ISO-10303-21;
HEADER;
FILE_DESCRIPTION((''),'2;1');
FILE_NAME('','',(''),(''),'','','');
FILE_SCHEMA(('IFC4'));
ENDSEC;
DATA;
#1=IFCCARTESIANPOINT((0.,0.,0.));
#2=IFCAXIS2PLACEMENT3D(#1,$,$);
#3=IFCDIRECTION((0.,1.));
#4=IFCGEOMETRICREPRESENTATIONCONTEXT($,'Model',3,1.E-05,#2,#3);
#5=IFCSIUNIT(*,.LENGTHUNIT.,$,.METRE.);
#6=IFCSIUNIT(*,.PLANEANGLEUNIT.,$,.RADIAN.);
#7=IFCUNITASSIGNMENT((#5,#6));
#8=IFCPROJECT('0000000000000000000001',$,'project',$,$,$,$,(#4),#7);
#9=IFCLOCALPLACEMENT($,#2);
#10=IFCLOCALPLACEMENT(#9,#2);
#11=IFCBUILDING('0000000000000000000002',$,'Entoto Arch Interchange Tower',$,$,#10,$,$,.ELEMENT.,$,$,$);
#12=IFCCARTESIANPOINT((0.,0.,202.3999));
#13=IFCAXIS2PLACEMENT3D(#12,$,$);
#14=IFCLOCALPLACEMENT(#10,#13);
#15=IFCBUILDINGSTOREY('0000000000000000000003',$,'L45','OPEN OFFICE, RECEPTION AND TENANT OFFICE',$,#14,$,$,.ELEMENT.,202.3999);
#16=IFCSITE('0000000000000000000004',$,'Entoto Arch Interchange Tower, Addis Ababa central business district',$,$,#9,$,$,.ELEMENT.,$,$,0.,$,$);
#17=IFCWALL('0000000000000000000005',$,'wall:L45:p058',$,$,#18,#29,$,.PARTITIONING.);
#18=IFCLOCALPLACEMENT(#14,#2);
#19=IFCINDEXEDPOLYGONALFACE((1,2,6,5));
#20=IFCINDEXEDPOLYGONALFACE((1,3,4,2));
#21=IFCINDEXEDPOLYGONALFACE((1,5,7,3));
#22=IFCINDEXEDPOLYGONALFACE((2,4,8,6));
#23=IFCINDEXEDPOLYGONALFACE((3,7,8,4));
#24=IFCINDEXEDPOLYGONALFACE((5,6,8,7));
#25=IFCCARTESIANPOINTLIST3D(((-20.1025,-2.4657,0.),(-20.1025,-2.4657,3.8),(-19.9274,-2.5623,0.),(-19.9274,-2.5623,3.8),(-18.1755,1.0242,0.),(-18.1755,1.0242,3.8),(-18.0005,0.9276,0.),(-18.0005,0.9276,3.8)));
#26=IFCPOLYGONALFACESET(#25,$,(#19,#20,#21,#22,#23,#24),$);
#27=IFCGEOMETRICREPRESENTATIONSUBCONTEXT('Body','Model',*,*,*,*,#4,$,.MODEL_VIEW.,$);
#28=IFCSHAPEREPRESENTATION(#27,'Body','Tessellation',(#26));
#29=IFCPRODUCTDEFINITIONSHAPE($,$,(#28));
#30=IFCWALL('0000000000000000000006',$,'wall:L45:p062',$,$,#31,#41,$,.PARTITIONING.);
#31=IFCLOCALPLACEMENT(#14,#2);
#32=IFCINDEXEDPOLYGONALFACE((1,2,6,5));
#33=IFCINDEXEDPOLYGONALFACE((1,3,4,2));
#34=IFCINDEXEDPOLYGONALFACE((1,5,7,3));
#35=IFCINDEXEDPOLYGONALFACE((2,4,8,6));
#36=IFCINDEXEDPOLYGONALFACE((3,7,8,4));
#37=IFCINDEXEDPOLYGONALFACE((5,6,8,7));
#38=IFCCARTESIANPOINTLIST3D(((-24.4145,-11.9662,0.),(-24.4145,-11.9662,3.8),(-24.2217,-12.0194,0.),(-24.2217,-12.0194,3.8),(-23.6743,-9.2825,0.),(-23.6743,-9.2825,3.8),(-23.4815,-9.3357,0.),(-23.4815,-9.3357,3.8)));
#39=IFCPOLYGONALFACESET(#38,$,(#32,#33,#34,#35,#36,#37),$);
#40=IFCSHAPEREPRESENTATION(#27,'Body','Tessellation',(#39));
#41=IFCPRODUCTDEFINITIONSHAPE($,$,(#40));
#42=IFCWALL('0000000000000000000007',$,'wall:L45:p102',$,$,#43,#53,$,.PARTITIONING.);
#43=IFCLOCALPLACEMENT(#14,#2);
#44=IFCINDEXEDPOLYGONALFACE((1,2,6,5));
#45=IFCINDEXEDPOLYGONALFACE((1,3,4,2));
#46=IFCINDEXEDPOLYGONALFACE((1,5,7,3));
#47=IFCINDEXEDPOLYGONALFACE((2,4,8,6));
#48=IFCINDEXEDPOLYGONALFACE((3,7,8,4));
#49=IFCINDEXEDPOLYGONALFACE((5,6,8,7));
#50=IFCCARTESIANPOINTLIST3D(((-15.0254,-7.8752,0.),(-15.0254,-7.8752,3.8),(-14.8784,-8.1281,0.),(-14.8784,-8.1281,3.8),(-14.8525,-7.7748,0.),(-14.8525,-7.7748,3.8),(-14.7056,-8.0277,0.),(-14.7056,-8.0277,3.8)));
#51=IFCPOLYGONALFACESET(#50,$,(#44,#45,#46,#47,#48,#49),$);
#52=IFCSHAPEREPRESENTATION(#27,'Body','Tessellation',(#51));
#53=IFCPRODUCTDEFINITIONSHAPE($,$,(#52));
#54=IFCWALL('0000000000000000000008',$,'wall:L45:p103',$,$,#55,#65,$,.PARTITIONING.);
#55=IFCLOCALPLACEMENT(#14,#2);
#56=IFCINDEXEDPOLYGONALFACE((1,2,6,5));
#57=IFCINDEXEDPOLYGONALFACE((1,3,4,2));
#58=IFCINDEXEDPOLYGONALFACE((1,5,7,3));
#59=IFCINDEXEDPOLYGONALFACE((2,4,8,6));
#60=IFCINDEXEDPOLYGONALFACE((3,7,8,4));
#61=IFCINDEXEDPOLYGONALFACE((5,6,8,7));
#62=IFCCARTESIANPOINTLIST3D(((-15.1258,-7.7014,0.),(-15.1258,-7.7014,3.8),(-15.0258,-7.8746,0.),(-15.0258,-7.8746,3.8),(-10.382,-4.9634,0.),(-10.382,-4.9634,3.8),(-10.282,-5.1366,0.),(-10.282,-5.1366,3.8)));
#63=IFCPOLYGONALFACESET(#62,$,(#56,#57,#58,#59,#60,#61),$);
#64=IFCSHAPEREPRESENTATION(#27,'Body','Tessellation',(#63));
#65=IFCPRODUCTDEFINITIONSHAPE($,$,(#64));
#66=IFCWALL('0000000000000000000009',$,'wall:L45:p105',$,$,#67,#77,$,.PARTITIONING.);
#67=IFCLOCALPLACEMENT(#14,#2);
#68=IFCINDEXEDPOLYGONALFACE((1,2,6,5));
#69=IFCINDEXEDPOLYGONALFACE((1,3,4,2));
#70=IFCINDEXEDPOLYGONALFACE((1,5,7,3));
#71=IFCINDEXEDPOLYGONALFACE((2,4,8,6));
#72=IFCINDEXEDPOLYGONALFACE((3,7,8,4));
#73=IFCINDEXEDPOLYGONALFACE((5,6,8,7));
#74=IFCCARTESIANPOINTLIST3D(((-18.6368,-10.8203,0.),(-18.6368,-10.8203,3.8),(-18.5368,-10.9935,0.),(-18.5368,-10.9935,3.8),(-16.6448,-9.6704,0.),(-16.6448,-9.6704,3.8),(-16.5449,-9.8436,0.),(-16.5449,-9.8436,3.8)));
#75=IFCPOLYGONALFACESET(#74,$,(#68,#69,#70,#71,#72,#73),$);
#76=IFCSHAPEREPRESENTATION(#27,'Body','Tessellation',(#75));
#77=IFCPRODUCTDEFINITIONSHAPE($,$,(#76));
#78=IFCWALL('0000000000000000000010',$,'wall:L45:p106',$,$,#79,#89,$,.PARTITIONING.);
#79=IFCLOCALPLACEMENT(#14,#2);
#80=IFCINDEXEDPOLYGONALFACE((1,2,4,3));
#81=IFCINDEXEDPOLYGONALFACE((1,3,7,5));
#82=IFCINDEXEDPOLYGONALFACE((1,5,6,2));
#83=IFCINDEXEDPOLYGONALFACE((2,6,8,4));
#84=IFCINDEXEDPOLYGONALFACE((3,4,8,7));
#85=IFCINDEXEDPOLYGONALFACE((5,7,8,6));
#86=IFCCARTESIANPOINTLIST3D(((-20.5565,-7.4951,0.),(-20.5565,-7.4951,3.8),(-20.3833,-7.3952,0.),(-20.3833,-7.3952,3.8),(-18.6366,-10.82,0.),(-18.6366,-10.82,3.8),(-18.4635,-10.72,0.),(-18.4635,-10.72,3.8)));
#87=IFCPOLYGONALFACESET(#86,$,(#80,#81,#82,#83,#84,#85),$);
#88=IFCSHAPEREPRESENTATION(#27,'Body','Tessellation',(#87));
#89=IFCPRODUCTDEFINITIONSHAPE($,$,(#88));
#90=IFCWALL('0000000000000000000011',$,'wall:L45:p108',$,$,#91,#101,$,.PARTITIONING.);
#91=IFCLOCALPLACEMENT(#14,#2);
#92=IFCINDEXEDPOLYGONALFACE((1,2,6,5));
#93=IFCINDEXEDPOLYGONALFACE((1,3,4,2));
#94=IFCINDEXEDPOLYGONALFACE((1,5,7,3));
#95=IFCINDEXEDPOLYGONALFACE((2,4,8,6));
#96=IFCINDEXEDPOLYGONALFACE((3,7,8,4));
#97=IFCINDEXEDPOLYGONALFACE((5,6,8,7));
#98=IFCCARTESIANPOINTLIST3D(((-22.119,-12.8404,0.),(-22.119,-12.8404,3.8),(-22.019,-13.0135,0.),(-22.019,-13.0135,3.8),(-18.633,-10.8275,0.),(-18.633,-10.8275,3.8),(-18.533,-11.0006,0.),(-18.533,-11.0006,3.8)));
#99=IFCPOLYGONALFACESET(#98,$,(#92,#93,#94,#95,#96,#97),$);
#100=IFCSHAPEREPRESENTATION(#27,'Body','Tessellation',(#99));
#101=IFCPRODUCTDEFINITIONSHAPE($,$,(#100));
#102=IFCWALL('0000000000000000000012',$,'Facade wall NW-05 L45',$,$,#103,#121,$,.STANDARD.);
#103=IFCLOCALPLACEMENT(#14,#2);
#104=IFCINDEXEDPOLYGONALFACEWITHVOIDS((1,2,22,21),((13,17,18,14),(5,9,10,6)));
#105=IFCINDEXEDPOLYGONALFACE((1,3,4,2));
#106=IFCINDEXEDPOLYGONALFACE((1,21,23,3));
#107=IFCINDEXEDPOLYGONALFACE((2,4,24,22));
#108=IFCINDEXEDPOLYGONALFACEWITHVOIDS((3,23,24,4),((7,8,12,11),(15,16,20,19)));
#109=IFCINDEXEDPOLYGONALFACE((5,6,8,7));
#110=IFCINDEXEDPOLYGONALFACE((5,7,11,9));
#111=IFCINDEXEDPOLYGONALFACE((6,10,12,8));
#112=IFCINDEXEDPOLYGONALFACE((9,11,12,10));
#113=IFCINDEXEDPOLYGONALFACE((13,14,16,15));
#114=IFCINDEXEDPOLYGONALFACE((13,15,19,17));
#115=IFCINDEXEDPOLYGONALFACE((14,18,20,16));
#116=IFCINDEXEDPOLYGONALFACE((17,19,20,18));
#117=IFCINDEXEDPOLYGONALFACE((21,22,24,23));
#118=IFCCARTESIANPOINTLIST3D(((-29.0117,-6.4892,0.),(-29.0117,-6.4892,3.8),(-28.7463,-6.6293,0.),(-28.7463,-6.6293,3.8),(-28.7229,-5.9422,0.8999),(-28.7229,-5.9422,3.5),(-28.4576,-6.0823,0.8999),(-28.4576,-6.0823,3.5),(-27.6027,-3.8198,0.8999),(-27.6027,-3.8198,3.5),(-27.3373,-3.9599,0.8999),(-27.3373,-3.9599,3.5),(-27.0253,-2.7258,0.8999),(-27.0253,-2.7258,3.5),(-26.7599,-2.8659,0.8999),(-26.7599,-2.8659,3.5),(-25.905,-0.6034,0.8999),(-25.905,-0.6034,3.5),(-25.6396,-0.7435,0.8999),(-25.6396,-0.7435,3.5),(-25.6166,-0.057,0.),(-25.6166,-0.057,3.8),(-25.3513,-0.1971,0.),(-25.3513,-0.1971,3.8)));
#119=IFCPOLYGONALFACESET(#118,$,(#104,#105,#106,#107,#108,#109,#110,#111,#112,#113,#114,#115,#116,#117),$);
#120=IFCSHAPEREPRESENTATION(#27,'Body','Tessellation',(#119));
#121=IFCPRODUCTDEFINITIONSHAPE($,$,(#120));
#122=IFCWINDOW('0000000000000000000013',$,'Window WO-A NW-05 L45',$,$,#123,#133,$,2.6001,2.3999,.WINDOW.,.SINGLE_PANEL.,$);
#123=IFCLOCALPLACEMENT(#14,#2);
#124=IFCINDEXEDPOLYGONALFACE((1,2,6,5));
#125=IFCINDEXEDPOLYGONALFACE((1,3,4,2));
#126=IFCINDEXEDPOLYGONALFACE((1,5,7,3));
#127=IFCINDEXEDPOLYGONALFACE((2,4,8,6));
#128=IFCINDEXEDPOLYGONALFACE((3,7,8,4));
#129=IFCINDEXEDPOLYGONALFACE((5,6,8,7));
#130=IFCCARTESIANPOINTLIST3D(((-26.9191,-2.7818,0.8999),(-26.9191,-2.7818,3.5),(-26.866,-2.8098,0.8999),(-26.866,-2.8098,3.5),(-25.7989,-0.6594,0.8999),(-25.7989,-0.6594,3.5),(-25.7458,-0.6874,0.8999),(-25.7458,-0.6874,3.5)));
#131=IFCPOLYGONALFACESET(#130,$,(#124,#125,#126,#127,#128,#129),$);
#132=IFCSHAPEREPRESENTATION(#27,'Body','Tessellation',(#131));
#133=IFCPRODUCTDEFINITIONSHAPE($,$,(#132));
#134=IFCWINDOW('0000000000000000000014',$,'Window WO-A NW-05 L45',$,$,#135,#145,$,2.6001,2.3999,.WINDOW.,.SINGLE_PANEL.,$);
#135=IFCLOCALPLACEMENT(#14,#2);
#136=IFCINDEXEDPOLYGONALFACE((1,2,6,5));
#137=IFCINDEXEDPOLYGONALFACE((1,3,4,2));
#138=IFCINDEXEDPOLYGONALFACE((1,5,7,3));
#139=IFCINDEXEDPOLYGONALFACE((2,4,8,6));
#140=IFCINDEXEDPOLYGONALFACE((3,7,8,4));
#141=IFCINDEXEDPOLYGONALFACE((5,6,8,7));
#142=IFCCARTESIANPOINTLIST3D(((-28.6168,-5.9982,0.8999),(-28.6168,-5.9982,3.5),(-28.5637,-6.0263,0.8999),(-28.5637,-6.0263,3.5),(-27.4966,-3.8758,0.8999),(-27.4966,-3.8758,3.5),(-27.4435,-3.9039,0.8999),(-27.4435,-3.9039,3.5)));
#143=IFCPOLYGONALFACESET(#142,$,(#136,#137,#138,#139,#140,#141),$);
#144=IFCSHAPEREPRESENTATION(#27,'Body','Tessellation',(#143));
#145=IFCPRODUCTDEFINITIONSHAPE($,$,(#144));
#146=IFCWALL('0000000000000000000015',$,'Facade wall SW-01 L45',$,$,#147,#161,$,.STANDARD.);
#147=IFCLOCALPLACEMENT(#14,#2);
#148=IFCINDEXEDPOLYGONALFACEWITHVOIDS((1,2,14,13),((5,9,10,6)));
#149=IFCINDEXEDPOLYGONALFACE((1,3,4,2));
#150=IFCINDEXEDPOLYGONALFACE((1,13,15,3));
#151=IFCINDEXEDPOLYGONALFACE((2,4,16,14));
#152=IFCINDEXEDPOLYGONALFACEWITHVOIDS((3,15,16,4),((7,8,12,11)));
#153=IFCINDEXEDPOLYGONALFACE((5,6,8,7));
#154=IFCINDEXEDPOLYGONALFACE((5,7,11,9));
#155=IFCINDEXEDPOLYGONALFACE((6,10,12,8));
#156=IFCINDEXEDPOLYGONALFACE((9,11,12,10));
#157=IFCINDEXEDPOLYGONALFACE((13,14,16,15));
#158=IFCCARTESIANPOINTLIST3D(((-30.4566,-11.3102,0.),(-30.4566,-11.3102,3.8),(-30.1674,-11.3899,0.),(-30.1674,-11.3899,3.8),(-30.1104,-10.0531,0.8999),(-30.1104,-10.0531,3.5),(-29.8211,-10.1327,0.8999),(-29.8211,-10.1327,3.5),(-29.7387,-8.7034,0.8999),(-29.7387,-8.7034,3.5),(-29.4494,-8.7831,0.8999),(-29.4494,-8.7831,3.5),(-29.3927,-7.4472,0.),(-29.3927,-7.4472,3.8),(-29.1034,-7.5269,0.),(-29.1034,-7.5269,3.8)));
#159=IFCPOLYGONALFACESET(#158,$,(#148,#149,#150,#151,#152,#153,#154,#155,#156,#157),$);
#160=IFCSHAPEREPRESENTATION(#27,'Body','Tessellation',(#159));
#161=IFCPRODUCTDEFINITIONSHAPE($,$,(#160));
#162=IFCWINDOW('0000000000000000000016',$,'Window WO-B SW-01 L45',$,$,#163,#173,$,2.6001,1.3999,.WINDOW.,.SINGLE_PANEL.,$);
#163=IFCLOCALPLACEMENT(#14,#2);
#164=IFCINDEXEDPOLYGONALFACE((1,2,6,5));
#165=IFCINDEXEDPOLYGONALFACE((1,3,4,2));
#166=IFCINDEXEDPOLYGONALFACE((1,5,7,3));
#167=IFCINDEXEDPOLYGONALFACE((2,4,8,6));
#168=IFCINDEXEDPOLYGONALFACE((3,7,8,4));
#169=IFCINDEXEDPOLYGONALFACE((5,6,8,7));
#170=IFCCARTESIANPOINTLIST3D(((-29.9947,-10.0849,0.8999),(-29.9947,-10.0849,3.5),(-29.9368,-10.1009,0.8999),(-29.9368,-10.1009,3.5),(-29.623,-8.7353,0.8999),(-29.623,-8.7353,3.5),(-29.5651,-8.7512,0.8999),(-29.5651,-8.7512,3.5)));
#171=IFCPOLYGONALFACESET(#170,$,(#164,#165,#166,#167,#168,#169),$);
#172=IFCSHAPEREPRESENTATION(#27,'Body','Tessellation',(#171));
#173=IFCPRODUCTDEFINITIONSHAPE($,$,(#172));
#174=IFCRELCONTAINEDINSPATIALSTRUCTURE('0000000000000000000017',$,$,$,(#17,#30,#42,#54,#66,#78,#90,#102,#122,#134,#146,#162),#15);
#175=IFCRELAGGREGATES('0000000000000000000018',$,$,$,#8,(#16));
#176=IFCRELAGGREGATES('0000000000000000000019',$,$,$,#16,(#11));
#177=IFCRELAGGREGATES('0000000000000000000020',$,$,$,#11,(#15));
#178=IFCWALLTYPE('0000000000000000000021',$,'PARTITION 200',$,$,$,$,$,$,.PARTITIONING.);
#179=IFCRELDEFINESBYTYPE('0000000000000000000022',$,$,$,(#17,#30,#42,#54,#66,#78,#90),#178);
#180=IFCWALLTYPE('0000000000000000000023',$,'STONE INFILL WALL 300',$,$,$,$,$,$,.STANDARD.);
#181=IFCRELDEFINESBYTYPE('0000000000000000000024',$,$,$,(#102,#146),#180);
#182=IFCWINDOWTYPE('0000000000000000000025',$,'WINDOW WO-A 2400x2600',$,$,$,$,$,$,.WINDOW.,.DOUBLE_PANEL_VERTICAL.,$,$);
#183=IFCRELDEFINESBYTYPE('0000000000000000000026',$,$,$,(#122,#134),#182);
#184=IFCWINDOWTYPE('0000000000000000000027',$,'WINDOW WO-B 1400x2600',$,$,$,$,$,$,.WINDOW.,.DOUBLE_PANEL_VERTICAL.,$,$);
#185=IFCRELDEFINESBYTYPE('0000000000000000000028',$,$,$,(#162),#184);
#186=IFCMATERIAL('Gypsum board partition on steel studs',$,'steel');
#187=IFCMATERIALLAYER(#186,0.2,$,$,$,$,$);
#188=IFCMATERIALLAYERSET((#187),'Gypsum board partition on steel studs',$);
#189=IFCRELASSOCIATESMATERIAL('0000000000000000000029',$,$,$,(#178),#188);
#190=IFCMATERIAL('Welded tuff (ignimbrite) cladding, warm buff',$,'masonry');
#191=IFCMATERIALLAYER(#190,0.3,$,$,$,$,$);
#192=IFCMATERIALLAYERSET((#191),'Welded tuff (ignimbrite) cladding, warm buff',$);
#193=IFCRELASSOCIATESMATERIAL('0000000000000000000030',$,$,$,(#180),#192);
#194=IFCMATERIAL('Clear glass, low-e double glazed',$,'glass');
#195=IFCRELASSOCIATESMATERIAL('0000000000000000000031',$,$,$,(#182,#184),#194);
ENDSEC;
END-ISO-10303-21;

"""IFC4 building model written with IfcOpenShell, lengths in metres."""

from ifc_helpers import new_model, si_unit, direction, frame, frame_2d, origin, place, context, subcontext, project, spatial, rectangle, extrude, material, layer, layer_set, type_object, element, fill, save


model = new_model("IFC4")

# Units and contexts
model_context = context("Model", 3, precision=1e-05, world=origin(), true_north=direction((0.0, 1.0)))
body_context = subcontext(model_context, "Body", "Model", "MODEL_VIEW")
ifc_project = project(units=[si_unit("LENGTHUNIT", "METRE"), si_unit("PLANEANGLEUNIT", "RADIAN")], contexts=[model_context])

# Site, building, storey
site_placement = place(None, origin())
site = spatial("IfcSite", under=ifc_project, at=site_placement, Name="Entoto Arch Interchange Tower, Addis Ababa central business district", CompositionType="ELEMENT", RefElevation=0.0)
building_placement = place(site_placement, origin())
building = spatial("IfcBuilding", under=site, at=building_placement, Name="Entoto Arch Interchange Tower", CompositionType="ELEMENT")
storey_placement = place(building_placement, frame((0.0, 0.0, 202.3999)))
storey = spatial("IfcBuildingStorey", under=building, at=storey_placement, Name="L45", Description="OPEN OFFICE, RECEPTION AND TENANT OFFICE", CompositionType="ELEMENT", Elevation=202.3999)

# Shared definitions
ifc_material_1 = material(Name="Gypsum board partition on steel studs", Category="steel")

# Shared definitions
ifc_layer_1 = layer(ifc_material_1, 0.2)
ifc_layer_set_1 = layer_set([ifc_layer_1], Name="Gypsum board partition on steel studs")
wall_type_1 = type_object("IfcWallType", Name="PARTITION 200", PredefinedType="PARTITIONING", material=ifc_layer_set_1)

# Walls
wall_1_placement = place(storey_placement, frame((-20.0149, -2.5139, 0.0), z_axis=(0.0, 0.0, 1.0), x_axis=(0.483364, 0.87542, 0.0)))
element("IfcWall", 1, at=wall_1_placement, inside=storey, type_object=wall_type_1, Name="wall:L45:p058", PredefinedType="PARTITIONING", context=body_context, shape_type="SweptSolid", body=[
    extrude(rectangle(XDim=3.9866, YDim=0.2, at=frame_2d((1.9932, 0.0))), origin(), (0.0, 0.0, 1.0), 3.8),
])
wall_2_placement = place(storey_placement, frame((-24.3181, -11.9929, 0.0), z_axis=(0.0, 0.0, 1.0), x_axis=(0.265884, 0.964005, 0.0)))
element("IfcWall", 2, at=wall_2_placement, inside=storey, type_object=wall_type_1, Name="wall:L45:p062", PredefinedType="PARTITIONING", context=body_context, shape_type="SweptSolid", body=[
    extrude(rectangle(XDim=2.7839, YDim=0.2, at=frame_2d((1.3921, 0.0))), origin(), (0.0, 0.0, 1.0), 3.8),
])
wall_3_placement = place(storey_placement, frame((-14.792, -8.0779, 0.0), z_axis=(0.0, 0.0, 1.0), x_axis=(-0.502417, 0.864625, 0.0)))
element("IfcWall", 3, at=wall_3_placement, inside=storey, type_object=wall_type_1, Name="wall:L45:p102", PredefinedType="PARTITIONING", context=body_context, shape_type="SweptSolid", body=[
    extrude(rectangle(XDim=0.2925, YDim=0.2, at=frame_2d((0.1462, 0.0))), origin(), (0.0, 0.0, 1.0), 3.8),
])
wall_4_placement = place(storey_placement, frame((-15.0759, -7.7881, 0.0), z_axis=(0.0, 0.0, 1.0), x_axis=(0.866093, 0.499883, 0.0)))
element("IfcWall", 4, at=wall_4_placement, inside=storey, type_object=wall_type_1, Name="wall:L45:p103", PredefinedType="PARTITIONING", context=body_context, shape_type="SweptSolid", body=[
    extrude(rectangle(XDim=5.4773, YDim=0.2, at=frame_2d((2.7388, 0.0))), origin(), (0.0, 0.0, 1.0), 3.8),
])
wall_5_placement = place(storey_placement, frame((-16.595, -9.7571, 0.0), z_axis=(0.0, 0.0, 1.0), x_axis=(-0.866053, -0.499952, 0.0)))
element("IfcWall", 5, at=wall_5_placement, inside=storey, type_object=wall_type_1, Name="wall:L45:p105", PredefinedType="PARTITIONING", context=body_context, shape_type="SweptSolid", body=[
    extrude(rectangle(XDim=2.3, YDim=0.2, at=frame_2d((1.1499, 0.0))), origin(), (0.0, 0.0, 1.0), 3.8),
])
wall_6_placement = place(storey_placement, frame((-18.55, -10.77, 0.0), z_axis=(0.0, 0.0, 1.0), x_axis=(-0.500051, 0.865996, 0.0)))
element("IfcWall", 6, at=wall_6_placement, inside=storey, type_object=wall_type_1, Name="wall:L45:p106", PredefinedType="PARTITIONING", context=body_context, shape_type="SweptSolid", body=[
    extrude(rectangle(XDim=3.8394, YDim=0.2, at=frame_2d((1.9197, 0.0))), origin(), (0.0, 0.0, 1.0), 3.8),
])
wall_7_placement = place(storey_placement, frame((-18.583, -10.9141, 0.0), z_axis=(0.0, 0.0, 1.0), x_axis=(-0.865999, -0.500046, 0.0)))
element("IfcWall", 7, at=wall_7_placement, inside=storey, type_object=wall_type_1, Name="wall:L45:p108", PredefinedType="PARTITIONING", context=body_context, shape_type="SweptSolid", body=[
    extrude(rectangle(XDim=4.0254, YDim=0.2, at=frame_2d((2.0127, 0.0))), origin(), (0.0, 0.0, 1.0), 3.8),
])

# Wall, openings, windows
ifc_material_2 = material(Name="Welded tuff (ignimbrite) cladding, warm buff", Category="masonry")
ifc_layer_2 = layer(ifc_material_2, 0.3)
ifc_layer_set_2 = layer_set([ifc_layer_2], Name="Welded tuff (ignimbrite) cladding, warm buff")
wall_type_2 = type_object("IfcWallType", Name="STONE INFILL WALL 300", PredefinedType="STANDARD", material=ifc_layer_set_2)
wall_8_placement = place(storey_placement, frame((-25.4839, -0.127, 0.0), z_axis=(0.0, 0.0, 1.0), x_axis=(-0.466789, -0.884369, 0.0)))
wall_8 = element("IfcWall", 8, at=wall_8_placement, inside=storey, type_object=wall_type_2, Name="Facade wall NW-05 L45", PredefinedType="STANDARD", context=body_context, shape_type="SweptSolid", body=[
    extrude(rectangle(XDim=7.2732, YDim=0.3, at=frame_2d((3.6367, 0.0))), origin(), (0.0, 0.0, 1.0), 3.8),
])
opening_1_placement = place(wall_8_placement, frame((0.6179, 0.0, 0.8999)))
opening_1 = element("IfcOpeningElement", 9, at=opening_1_placement, cuts=wall_8, PredefinedType="OPENING", context=body_context, shape_type="SweptSolid", body=[
    extrude(rectangle(XDim=2.3999, YDim=2.6001, at=frame_2d((1.2, 1.3))), frame((0.0, 0.1602, 0.0), z_axis=(0.0, -1.0, 0.0), x_axis=(1.0, 0.0, 0.0)), (0.0, 0.0, 1.0), 0.3201),
])
opening_2_placement = place(wall_8_placement, frame((4.2549, 0.0, 0.8999)))
opening_2 = element("IfcOpeningElement", 10, at=opening_2_placement, cuts=wall_8, PredefinedType="OPENING", context=body_context, shape_type="SweptSolid", body=[
    extrude(rectangle(XDim=2.3999, YDim=2.6001, at=frame_2d((1.2, 1.3))), frame((0.0, 0.1602, 0.0), z_axis=(0.0, -1.0, 0.0), x_axis=(1.0, 0.0, 0.0)), (0.0, 0.0, 1.0), 0.3201),
])
ifc_material_3 = material(Name="Clear glass, low-e double glazed", Category="glass")
window_type_1 = type_object("IfcWindowType", Name="WINDOW WO-A 2400x2600", PartitioningType="DOUBLE_PANEL_VERTICAL", PredefinedType="WINDOW", material=ifc_material_3)
window_1_placement = place(opening_1_placement, origin())
window_1 = element("IfcWindow", 11, at=window_1_placement, inside=storey, type_object=window_type_1, Name="Window WO-A NW-05 L45", OverallHeight=2.6001, OverallWidth=2.3999, PartitioningType="SINGLE_PANEL", PredefinedType="WINDOW", context=body_context, shape_type="SweptSolid", body=[
    extrude(rectangle(XDim=2.3999, YDim=2.6001, at=frame_2d((1.2, 1.3))), frame((0.0, 0.03, 0.0), z_axis=(0.0, -1.0, 0.0), x_axis=(1.0, 0.0, 0.0)), (0.0, 0.0, 1.0), 0.0601),
])
fill(opening_1, window_1)
window_2_placement = place(opening_2_placement, origin())
window_2 = element("IfcWindow", 12, at=window_2_placement, inside=storey, type_object=window_type_1, Name="Window WO-A NW-05 L45", OverallHeight=2.6001, OverallWidth=2.3999, PartitioningType="SINGLE_PANEL", PredefinedType="WINDOW", context=body_context, shape_type="SweptSolid", body=[
    extrude(rectangle(XDim=2.3999, YDim=2.6001, at=frame_2d((1.2, 1.3))), frame((0.0, 0.03, 0.0), z_axis=(0.0, -1.0, 0.0), x_axis=(1.0, 0.0, 0.0)), (0.0, 0.0, 1.0), 0.0601),
])
fill(opening_2, window_2)

# Wall, opening, window
wall_9_placement = place(storey_placement, frame((-29.248, -7.4871, 0.0), z_axis=(0.0, 0.0, 1.0), x_axis=(-0.265535, -0.964101, 0.0)))
wall_9 = element("IfcWall", 13, at=wall_9_placement, inside=storey, type_object=wall_type_2, Name="Facade wall SW-01 L45", PredefinedType="STANDARD", context=body_context, shape_type="SweptSolid", body=[
    extrude(rectangle(XDim=4.0068, YDim=0.3, at=frame_2d((2.0034, 0.0))), origin(), (0.0, 0.0, 1.0), 3.8),
])
opening_3_placement = place(wall_9_placement, frame((1.303, 0.0, 0.8999)))
opening_3 = element("IfcOpeningElement", 14, at=opening_3_placement, cuts=wall_9, PredefinedType="OPENING", context=body_context, shape_type="SweptSolid", body=[
    extrude(rectangle(XDim=1.3999, YDim=2.6001, at=frame_2d((0.7, 1.3))), frame((0.0, 0.1602, 0.0), z_axis=(0.0, -1.0, 0.0), x_axis=(1.0, 0.0, 0.0)), (0.0, 0.0, 1.0), 0.3201),
])
window_type_2 = type_object("IfcWindowType", Name="WINDOW WO-B 1400x2600", PartitioningType="DOUBLE_PANEL_VERTICAL", PredefinedType="WINDOW", material=ifc_material_3)
window_3_placement = place(opening_3_placement, origin())
window_3 = element("IfcWindow", 15, at=window_3_placement, inside=storey, type_object=window_type_2, Name="Window WO-B SW-01 L45", OverallHeight=2.6001, OverallWidth=1.3999, PartitioningType="SINGLE_PANEL", PredefinedType="WINDOW", context=body_context, shape_type="SweptSolid", body=[
    extrude(rectangle(XDim=1.3999, YDim=2.6001, at=frame_2d((0.7, 1.3))), frame((0.0, 0.03, 0.0), z_axis=(0.0, -1.0, 0.0), x_axis=(1.0, 0.0, 0.0)), (0.0, 0.0, 1.0), 0.0601),
])
fill(opening_3, window_3)

save(model, "model.ifc")
